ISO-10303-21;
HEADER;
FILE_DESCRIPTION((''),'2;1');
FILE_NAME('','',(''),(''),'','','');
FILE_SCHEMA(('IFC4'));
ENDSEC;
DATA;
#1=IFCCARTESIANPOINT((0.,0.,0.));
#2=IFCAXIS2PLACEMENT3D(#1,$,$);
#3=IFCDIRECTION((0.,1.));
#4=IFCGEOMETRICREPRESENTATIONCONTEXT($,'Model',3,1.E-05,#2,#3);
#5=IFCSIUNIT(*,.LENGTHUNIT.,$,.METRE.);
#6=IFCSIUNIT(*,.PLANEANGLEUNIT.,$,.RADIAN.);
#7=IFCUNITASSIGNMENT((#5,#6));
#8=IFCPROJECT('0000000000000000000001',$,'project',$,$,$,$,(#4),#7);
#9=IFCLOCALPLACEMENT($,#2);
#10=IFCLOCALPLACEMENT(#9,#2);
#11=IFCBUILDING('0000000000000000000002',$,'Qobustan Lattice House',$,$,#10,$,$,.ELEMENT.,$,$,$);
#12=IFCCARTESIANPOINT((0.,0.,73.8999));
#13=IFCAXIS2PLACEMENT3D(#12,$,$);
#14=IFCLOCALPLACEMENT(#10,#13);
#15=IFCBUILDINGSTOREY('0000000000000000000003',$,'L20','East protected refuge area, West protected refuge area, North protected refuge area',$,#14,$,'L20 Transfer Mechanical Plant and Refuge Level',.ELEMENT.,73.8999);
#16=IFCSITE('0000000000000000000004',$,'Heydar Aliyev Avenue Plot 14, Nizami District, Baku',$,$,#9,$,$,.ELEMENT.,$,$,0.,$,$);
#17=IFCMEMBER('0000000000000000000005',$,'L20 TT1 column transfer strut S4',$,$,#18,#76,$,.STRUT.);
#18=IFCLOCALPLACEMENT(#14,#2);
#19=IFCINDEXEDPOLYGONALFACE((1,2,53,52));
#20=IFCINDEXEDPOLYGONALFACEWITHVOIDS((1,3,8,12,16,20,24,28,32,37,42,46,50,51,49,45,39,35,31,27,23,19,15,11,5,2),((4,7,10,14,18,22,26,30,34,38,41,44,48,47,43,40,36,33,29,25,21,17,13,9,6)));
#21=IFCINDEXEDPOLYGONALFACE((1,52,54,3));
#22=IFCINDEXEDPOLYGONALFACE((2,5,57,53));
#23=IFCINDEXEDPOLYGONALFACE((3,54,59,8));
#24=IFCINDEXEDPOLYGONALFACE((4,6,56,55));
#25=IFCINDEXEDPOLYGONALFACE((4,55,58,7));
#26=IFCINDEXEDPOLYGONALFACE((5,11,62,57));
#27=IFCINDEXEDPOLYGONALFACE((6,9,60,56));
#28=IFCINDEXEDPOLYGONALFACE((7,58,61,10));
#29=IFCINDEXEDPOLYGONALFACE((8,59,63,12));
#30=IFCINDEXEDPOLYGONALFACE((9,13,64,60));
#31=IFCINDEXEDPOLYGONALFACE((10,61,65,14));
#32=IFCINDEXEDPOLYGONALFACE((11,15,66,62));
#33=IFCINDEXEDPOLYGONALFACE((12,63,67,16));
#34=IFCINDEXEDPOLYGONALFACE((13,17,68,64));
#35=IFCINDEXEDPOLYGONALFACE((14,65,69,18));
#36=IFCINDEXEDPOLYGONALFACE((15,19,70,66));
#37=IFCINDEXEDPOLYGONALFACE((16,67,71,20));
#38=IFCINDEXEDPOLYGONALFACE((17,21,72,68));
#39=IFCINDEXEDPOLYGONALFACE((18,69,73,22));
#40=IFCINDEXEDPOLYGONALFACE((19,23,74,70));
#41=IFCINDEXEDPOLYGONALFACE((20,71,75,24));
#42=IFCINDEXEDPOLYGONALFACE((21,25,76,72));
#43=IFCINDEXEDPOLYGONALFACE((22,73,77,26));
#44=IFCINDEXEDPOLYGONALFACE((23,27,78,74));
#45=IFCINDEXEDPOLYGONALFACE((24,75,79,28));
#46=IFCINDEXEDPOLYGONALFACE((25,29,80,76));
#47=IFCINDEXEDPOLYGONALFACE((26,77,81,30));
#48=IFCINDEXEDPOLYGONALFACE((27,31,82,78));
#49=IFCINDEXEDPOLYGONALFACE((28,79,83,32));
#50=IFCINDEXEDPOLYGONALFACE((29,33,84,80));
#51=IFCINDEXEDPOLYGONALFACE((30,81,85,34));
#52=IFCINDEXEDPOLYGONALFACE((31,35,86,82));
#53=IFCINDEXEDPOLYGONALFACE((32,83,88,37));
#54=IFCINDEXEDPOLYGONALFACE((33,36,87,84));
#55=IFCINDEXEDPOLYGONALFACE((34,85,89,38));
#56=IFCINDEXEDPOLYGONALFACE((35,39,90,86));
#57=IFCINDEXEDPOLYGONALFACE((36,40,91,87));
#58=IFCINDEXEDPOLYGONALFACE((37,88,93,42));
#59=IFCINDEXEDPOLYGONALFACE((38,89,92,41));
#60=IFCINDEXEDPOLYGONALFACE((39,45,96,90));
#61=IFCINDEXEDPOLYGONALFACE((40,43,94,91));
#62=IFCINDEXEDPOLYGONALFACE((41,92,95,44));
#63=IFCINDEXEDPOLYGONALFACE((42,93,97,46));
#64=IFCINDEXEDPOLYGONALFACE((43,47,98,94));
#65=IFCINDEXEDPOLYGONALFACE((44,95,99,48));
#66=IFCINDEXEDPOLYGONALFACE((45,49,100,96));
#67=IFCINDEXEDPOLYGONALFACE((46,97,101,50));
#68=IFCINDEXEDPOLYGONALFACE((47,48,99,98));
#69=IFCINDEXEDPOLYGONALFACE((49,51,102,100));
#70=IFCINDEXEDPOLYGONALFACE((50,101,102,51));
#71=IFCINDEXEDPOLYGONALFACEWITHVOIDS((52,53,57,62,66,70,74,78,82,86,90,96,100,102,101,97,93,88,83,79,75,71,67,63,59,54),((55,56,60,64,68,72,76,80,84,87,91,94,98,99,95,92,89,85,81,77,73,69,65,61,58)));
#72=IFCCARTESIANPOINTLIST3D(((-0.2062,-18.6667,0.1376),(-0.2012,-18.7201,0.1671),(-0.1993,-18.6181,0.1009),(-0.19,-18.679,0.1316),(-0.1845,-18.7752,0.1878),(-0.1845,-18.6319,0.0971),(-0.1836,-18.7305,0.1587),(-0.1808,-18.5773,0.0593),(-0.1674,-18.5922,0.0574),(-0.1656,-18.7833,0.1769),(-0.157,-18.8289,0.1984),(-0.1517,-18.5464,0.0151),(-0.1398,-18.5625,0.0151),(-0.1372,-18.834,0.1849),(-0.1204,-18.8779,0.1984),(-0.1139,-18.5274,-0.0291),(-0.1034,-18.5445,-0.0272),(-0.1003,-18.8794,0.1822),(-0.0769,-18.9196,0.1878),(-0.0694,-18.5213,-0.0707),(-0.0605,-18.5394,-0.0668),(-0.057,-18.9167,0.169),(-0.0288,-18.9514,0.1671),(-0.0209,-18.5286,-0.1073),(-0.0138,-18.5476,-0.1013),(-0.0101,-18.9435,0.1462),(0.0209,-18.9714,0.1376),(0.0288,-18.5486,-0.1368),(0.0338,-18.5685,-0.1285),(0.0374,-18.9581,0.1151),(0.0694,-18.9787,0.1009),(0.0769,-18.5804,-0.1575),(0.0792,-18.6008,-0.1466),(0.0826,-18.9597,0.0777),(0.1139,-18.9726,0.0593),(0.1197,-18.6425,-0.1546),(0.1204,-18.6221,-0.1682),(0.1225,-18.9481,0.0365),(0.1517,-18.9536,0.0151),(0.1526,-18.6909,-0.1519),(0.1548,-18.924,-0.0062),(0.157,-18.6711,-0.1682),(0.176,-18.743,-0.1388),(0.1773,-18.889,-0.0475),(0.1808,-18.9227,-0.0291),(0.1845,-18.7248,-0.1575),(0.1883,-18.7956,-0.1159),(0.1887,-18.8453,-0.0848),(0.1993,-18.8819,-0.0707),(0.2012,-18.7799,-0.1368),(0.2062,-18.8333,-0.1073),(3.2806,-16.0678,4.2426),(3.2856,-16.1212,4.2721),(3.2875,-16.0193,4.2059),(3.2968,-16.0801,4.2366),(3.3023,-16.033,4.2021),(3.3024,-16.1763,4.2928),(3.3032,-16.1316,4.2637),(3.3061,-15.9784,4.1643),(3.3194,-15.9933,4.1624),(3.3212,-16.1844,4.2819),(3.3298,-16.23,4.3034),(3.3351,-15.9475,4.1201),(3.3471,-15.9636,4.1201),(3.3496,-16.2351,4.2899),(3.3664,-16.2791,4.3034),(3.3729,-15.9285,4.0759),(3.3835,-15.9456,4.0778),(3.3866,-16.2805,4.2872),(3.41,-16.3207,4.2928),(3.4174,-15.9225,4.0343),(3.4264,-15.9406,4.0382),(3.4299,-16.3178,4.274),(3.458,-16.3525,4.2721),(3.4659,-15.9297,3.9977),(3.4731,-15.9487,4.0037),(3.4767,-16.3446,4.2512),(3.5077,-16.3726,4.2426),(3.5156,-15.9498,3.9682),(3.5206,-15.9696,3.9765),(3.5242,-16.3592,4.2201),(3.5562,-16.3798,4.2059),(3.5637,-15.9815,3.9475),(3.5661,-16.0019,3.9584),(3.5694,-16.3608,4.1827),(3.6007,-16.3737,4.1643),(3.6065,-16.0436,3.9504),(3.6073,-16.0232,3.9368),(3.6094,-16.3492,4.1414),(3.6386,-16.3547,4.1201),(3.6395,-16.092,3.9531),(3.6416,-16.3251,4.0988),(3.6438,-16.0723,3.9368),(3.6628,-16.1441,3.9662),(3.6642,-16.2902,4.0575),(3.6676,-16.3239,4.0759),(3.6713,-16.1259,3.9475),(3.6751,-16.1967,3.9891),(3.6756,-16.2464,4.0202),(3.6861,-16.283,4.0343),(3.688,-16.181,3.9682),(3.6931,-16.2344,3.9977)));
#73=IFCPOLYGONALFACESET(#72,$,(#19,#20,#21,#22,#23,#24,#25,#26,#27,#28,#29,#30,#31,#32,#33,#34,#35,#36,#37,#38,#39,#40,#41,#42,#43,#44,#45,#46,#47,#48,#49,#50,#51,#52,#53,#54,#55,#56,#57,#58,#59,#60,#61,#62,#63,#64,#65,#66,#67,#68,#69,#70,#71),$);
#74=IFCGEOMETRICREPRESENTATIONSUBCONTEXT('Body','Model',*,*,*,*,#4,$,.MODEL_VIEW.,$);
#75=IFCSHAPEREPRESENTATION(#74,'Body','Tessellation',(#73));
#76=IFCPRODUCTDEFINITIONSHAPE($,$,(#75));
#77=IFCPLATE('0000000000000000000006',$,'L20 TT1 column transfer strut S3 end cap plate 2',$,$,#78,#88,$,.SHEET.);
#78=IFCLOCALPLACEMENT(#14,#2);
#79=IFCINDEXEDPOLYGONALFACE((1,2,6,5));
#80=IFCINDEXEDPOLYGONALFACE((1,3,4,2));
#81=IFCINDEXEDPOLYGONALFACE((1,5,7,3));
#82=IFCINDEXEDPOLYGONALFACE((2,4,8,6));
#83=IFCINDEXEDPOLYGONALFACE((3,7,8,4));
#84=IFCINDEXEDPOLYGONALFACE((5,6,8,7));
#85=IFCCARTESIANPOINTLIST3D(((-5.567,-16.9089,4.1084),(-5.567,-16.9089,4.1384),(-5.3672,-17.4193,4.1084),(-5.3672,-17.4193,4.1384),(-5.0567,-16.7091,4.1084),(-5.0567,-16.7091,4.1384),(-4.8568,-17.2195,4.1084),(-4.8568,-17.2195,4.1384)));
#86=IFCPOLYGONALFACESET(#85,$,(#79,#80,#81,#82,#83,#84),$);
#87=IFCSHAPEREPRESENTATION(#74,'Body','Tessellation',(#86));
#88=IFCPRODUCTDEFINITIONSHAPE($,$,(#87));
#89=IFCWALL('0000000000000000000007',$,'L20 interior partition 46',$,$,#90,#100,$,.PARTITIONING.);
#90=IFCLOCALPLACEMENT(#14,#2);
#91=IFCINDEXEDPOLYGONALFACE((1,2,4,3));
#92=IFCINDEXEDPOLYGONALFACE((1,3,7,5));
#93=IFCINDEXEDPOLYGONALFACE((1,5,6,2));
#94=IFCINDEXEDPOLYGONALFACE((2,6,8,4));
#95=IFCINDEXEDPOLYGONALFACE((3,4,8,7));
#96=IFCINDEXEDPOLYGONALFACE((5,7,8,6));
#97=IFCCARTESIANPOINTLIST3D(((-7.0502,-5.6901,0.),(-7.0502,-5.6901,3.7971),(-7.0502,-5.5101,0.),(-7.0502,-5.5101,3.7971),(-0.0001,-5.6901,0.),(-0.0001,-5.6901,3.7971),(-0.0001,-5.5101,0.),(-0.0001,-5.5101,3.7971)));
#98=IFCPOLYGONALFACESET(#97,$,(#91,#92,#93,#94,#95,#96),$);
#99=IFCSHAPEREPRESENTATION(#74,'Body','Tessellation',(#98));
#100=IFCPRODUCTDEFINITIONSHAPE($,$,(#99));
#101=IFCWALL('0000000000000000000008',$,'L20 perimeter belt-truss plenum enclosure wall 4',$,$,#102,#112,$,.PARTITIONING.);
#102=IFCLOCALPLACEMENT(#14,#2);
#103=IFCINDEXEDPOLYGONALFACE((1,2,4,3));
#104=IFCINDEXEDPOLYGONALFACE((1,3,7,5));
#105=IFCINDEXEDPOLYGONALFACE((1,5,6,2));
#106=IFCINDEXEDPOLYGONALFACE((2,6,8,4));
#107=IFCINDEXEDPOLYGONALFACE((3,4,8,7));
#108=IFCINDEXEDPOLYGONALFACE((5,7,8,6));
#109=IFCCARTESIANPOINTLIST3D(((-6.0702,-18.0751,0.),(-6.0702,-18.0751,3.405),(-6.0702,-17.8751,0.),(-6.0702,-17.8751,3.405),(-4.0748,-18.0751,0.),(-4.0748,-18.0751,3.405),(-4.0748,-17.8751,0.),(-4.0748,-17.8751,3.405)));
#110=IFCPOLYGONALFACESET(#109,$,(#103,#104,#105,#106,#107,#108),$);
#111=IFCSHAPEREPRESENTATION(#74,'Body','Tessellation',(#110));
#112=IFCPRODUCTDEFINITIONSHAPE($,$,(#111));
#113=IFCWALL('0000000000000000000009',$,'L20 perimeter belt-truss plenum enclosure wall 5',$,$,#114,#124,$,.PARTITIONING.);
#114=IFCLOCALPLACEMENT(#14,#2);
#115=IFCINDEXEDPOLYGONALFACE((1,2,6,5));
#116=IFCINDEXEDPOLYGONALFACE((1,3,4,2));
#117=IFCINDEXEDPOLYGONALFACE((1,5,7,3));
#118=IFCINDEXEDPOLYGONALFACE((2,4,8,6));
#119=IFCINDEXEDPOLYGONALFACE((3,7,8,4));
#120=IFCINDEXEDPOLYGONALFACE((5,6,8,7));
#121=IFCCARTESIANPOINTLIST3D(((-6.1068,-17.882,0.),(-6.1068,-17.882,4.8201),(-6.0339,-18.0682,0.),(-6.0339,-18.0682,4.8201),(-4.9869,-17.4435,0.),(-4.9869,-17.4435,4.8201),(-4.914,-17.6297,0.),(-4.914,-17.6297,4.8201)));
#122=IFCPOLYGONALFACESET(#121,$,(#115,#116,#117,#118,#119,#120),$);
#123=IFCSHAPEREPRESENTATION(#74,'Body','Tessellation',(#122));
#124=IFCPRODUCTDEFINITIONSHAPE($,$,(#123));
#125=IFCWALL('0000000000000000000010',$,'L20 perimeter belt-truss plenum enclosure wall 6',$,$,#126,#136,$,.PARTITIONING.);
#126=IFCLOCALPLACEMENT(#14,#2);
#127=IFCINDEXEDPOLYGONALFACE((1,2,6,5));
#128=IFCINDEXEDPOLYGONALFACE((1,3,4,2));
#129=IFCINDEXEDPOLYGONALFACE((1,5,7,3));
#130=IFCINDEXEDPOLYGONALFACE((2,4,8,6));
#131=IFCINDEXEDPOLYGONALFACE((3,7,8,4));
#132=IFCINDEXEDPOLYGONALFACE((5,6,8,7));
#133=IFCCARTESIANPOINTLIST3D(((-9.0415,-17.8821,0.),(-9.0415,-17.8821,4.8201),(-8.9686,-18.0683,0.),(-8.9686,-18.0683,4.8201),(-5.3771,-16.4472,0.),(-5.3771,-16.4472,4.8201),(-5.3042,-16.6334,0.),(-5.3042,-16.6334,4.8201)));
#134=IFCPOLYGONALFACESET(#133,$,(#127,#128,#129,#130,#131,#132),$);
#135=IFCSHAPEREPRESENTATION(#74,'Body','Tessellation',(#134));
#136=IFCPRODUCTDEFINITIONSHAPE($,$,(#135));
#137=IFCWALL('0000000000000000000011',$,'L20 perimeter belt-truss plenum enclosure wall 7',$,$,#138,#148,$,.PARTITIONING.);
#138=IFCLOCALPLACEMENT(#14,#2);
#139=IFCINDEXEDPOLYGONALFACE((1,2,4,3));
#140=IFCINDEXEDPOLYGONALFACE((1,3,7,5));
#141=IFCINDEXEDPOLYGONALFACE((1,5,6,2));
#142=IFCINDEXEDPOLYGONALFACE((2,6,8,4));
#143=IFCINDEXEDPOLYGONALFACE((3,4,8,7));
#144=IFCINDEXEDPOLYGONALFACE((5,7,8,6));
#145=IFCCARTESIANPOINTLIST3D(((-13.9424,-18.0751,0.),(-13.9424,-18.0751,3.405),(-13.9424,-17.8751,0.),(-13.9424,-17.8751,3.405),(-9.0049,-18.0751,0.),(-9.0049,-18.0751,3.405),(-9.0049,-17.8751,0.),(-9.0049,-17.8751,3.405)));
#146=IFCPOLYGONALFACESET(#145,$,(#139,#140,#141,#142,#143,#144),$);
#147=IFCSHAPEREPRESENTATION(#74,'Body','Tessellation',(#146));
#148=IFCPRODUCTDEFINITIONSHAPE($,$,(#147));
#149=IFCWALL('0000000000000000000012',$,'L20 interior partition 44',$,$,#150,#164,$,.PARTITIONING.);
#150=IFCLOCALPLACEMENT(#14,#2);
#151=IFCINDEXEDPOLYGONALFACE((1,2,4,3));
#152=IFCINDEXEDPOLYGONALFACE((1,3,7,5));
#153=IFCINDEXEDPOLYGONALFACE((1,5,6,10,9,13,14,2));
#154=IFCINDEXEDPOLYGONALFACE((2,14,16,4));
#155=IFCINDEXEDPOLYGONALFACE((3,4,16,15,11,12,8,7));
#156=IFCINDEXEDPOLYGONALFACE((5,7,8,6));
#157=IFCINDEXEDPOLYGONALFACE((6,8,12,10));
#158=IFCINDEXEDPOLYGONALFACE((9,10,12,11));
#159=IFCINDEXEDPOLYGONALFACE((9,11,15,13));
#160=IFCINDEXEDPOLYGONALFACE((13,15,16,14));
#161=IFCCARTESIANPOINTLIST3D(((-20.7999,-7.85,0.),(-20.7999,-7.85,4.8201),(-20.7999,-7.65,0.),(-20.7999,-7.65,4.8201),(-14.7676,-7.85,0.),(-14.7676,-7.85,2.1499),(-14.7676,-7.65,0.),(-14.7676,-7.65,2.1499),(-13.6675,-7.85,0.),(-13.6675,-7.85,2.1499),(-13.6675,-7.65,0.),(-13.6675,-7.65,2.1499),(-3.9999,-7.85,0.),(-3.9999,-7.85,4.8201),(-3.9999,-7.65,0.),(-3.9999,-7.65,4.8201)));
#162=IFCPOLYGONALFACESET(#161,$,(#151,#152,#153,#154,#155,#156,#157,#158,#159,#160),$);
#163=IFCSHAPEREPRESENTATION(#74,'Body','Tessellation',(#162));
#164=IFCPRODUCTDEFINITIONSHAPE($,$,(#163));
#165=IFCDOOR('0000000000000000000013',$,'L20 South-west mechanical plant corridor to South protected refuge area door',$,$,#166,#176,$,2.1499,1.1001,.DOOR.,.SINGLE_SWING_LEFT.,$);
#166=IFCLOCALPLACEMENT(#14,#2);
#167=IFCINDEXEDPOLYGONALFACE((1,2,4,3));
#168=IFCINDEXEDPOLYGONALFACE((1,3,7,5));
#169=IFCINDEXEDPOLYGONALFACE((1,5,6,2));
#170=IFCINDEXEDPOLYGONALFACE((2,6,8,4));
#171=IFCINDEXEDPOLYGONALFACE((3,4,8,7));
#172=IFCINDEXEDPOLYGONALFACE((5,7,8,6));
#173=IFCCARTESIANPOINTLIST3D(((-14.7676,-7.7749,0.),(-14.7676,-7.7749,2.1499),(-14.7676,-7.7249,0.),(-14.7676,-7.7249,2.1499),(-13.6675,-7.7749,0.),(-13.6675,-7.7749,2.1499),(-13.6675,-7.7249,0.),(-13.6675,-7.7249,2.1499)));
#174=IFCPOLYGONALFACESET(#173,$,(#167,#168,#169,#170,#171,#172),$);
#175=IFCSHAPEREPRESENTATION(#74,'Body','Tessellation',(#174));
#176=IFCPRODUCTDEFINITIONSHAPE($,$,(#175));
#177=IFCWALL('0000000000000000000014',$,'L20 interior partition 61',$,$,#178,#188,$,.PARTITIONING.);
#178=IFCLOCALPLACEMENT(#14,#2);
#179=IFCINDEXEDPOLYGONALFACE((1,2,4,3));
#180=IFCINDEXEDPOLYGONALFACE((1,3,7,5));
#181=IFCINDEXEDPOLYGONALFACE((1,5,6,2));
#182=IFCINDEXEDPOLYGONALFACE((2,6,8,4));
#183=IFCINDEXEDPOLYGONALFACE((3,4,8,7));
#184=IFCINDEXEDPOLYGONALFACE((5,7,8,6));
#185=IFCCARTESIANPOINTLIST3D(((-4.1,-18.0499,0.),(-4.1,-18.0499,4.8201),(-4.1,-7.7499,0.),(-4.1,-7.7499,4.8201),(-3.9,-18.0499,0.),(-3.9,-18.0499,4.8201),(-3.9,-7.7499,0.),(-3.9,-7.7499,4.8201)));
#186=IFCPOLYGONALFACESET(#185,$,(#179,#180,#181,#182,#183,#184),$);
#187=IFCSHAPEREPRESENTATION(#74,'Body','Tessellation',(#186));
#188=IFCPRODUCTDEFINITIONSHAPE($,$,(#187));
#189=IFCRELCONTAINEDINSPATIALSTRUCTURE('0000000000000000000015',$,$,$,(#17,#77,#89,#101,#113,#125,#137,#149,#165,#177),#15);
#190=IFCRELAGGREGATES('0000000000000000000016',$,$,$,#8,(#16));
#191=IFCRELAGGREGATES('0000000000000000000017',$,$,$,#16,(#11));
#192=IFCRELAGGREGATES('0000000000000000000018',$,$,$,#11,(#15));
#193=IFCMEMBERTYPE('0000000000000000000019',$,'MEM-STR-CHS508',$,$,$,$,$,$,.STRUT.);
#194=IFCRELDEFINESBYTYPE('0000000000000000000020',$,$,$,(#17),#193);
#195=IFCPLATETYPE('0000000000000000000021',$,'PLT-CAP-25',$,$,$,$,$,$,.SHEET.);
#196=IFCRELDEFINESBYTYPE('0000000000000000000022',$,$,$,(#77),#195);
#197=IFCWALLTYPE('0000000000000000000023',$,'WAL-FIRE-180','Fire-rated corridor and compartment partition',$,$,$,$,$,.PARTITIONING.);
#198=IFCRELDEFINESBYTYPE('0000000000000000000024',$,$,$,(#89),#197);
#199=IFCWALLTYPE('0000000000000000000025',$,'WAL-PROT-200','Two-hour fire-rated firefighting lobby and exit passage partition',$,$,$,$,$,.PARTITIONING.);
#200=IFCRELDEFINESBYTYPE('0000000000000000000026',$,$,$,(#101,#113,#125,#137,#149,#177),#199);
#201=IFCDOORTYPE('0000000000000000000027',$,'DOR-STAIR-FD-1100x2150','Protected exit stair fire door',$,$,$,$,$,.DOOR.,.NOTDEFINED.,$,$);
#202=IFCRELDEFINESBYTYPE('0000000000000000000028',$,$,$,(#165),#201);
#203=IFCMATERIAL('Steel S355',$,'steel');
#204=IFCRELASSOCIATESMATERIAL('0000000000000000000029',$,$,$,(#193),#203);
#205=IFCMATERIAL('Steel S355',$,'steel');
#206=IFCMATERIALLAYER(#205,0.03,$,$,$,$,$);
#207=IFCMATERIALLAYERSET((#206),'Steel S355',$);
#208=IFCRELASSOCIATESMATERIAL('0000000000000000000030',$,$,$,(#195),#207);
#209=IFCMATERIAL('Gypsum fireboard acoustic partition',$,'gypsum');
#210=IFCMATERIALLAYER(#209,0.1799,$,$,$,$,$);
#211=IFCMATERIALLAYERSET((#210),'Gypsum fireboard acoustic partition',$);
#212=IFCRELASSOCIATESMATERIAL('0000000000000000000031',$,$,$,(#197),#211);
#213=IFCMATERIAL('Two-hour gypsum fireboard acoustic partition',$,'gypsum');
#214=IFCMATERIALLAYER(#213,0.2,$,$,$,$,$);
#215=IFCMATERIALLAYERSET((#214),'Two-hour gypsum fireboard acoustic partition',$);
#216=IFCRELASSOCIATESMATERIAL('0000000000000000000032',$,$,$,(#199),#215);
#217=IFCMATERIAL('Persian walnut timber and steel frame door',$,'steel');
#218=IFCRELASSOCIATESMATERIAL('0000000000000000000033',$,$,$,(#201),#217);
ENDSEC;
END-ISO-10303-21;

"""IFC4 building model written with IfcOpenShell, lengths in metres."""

from ifc_helpers import new_model, si_unit, direction, frame, frame_2d, origin, origin_2d, place, context, subcontext, project, spatial, rectangle, hollow_circle, extrude, material, layer, layer_set, material_profile, profile_set, type_object, element, fill, save


model = new_model("IFC4")

# Units and contexts
model_context = context("Model", 3, precision=1e-05, world=origin(), true_north=direction((0.0, 1.0)))
body_context = subcontext(model_context, "Body", "Model", "MODEL_VIEW")
ifc_project = project(units=[si_unit("LENGTHUNIT", "METRE"), si_unit("PLANEANGLEUNIT", "RADIAN")], contexts=[model_context])

# Site, building, storey
site_placement = place(None, origin())
site = spatial("IfcSite", under=ifc_project, at=site_placement, Name="Heydar Aliyev Avenue Plot 14, Nizami District, Baku", CompositionType="ELEMENT", RefElevation=0.0)
building_placement = place(site_placement, origin())
building = spatial("IfcBuilding", under=site, at=building_placement, Name="Qobustan Lattice House", CompositionType="ELEMENT")
storey_placement = place(building_placement, frame((0.0, 0.0, 73.8999)))
storey = spatial("IfcBuildingStorey", under=building, at=storey_placement, Name="L20", Description="East protected refuge area, West protected refuge area, North protected refuge area", LongName="L20 Transfer Mechanical Plant and Refuge Level", CompositionType="ELEMENT", Elevation=73.8999)

# Member
ifc_material_1 = material(Name="Steel S355", Category="steel")
ifc_material_profile_1 = material_profile(ifc_material_1, hollow_circle(Radius=0.2539, WallThickness=0.02, at=origin_2d()), Name="CHS508x20")
ifc_profile_set_1 = profile_set([ifc_material_profile_1], Name="Steel S355")
member_type = type_object("IfcMemberType", Name="MEM-STR-CHS508", PredefinedType="STRUT", material=ifc_profile_set_1)
member_placement = place(storey_placement, frame((0.0, -18.75, 0.0151), z_axis=(0.583059, 0.43458, 0.686427), x_axis=(-0.597608, 0.801788, 0.0)))
element("IfcMember", 1, at=member_placement, inside=storey, type_object=member_type, Name="L20 TT1 column transfer strut S4", PredefinedType="STRUT", context=body_context, shape_type="SweptSolid", body=[
    extrude(hollow_circle(Radius=0.2539, WallThickness=0.02, at=origin_2d()), origin(), (0.0, 0.0, 1.0), 5.9802),
])

# Plate
ifc_material_2 = material(Name="Steel S355", Category="steel")
ifc_layer_1 = layer(ifc_material_2, 0.03)
ifc_layer_set_1 = layer_set([ifc_layer_1], Name="Steel S355")
plate_type = type_object("IfcPlateType", Name="PLT-CAP-25", PredefinedType="SHEET", material=ifc_layer_set_1)
plate_placement = place(storey_placement, frame((-5.2119, -17.0642, 4.1084), z_axis=(0.0, 0.0, 1.0), x_axis=(0.931158, 0.364617, 0.0)))
element("IfcPlate", 2, at=plate_placement, inside=storey, type_object=plate_type, Name="L20 TT1 column transfer strut S3 end cap plate 2", PredefinedType="SHEET", context=body_context, shape_type="SweptSolid", body=[
    extrude(rectangle(XDim=0.5481, YDim=0.5481, at=origin_2d()), origin(), (0.0, 0.0, 1.0), 0.03),
])

# Walls
ifc_material_3 = material(Name="Gypsum fireboard acoustic partition", Category="gypsum")
ifc_layer_2 = layer(ifc_material_3, 0.1799)
ifc_layer_set_2 = layer_set([ifc_layer_2], Name="Gypsum fireboard acoustic partition")
wall_type_1 = type_object("IfcWallType", Name="WAL-FIRE-180", Description="Fire-rated corridor and compartment partition", PredefinedType="PARTITIONING", material=ifc_layer_set_2)
wall_1_placement = place(storey_placement, frame((-7.05, -5.6001, 0.0), z_axis=(0.0, 0.0, 1.0), x_axis=(1.0, 0.0, 0.0)))
element("IfcWall", 3, at=wall_1_placement, inside=storey, type_object=wall_type_1, Name="L20 interior partition 46", PredefinedType="PARTITIONING", context=body_context, shape_type="SweptSolid", body=[
    extrude(rectangle(XDim=7.05, YDim=0.1799, at=frame_2d((3.5249, 0.0))), origin(), (0.0, 0.0, 1.0), 3.7971),
])
ifc_material_4 = material(Name="Two-hour gypsum fireboard acoustic partition", Category="gypsum")
ifc_layer_3 = layer(ifc_material_4, 0.2)
ifc_layer_set_3 = layer_set([ifc_layer_3], Name="Two-hour gypsum fireboard acoustic partition")
wall_type_2 = type_object("IfcWallType", Name="WAL-PROT-200", Description="Two-hour fire-rated firefighting lobby and exit passage partition", PredefinedType="PARTITIONING", material=ifc_layer_set_3)
wall_2_placement = place(storey_placement, frame((-4.075, -17.9751, 0.0), z_axis=(0.0, 0.0, 1.0), x_axis=(-1.0, 0.0, 0.0)))
element("IfcWall", 4, at=wall_2_placement, inside=storey, type_object=wall_type_2, Name="L20 perimeter belt-truss plenum enclosure wall 4", PredefinedType="PARTITIONING", context=body_context, shape_type="SweptSolid", body=[
    extrude(rectangle(XDim=1.9954, YDim=0.2, at=frame_2d((0.9976, 0.0))), origin(), (0.0, 0.0, 1.0), 3.405),
])
wall_3_placement = place(storey_placement, frame((-6.0703, -17.9751, 0.0), z_axis=(0.0, 0.0, 1.0), x_axis=(0.931168, 0.364591, 0.0)))
element("IfcWall", 5, at=wall_3_placement, inside=storey, type_object=wall_type_2, Name="L20 perimeter belt-truss plenum enclosure wall 5", PredefinedType="PARTITIONING", context=body_context, shape_type="SweptSolid", body=[
    extrude(rectangle(XDim=1.2026, YDim=0.2, at=frame_2d((0.6013, 0.0))), origin(), (0.0, 0.0, 1.0), 4.8201),
])
wall_4_placement = place(storey_placement, frame((-5.3406, -16.5403, 0.0), z_axis=(0.0, 0.0, 1.0), x_axis=(-0.93116, -0.36461, 0.0)))
element("IfcWall", 6, at=wall_4_placement, inside=storey, type_object=wall_type_2, Name="L20 perimeter belt-truss plenum enclosure wall 6", PredefinedType="PARTITIONING", context=body_context, shape_type="SweptSolid", body=[
    extrude(rectangle(XDim=3.9353, YDim=0.2, at=frame_2d((1.9678, 0.0))), origin(), (0.0, 0.0, 1.0), 4.8201),
])
wall_5_placement = place(storey_placement, frame((-9.0049, -17.9751, 0.0), z_axis=(0.0, 0.0, 1.0), x_axis=(-1.0, 0.0, 0.0)))
element("IfcWall", 7, at=wall_5_placement, inside=storey, type_object=wall_type_2, Name="L20 perimeter belt-truss plenum enclosure wall 7", PredefinedType="PARTITIONING", context=body_context, shape_type="SweptSolid", body=[
    extrude(rectangle(XDim=4.9375, YDim=0.2, at=frame_2d((2.4688, 0.0))), origin(), (0.0, 0.0, 1.0), 3.405),
])

# Wall, opening, door
wall_6_placement = place(storey_placement, frame((-4.0, -7.75, 0.0), z_axis=(0.0, 0.0, 1.0), x_axis=(-1.0, 0.0, 0.0)))
wall_6 = element("IfcWall", 8, at=wall_6_placement, inside=storey, type_object=wall_type_2, Name="L20 interior partition 44", PredefinedType="PARTITIONING", context=body_context, shape_type="SweptSolid", body=[
    extrude(rectangle(XDim=16.8, YDim=0.2, at=frame_2d((8.3999, 0.0))), origin(), (0.0, 0.0, 1.0), 4.8201),
])
opening_1_placement = place(wall_6_placement, frame((9.6675, 0.0, 0.0)))
opening_1 = element("IfcOpeningElement", 9, at=opening_1_placement, cuts=wall_6, PredefinedType="OPENING", context=body_context, shape_type="SweptSolid", body=[
    extrude(rectangle(XDim=1.1001, YDim=2.1499, at=frame_2d((0.55, 1.075))), frame((0.0, 0.1099, 0.0), z_axis=(0.0, -1.0, 0.0), x_axis=(1.0, 0.0, 0.0)), (0.0, 0.0, 1.0), 0.22),
])
ifc_material_5 = material(Name="Persian walnut timber and steel frame door", Category="steel")
door_type_1 = type_object("IfcDoorType", Name="DOR-STAIR-FD-1100x2150", Description="Protected exit stair fire door", OperationType="NOTDEFINED", PredefinedType="DOOR", material=ifc_material_5)
door_1_placement = place(opening_1_placement, origin())
door_1 = element("IfcDoor", 10, at=door_1_placement, inside=storey, type_object=door_type_1, Name="L20 South-west mechanical plant corridor to South protected refuge area door", OperationType="SINGLE_SWING_LEFT", OverallHeight=2.1499, OverallWidth=1.1001, PredefinedType="DOOR", context=body_context, shape_type="SweptSolid", body=[
    extrude(rectangle(XDim=1.1001, YDim=2.1499, at=frame_2d((0.55, 1.075))), frame((0.0, 0.0249, 0.0), z_axis=(0.0, -1.0, 0.0), x_axis=(1.0, 0.0, 0.0)), (0.0, 0.0, 1.0), 0.05),
])
fill(opening_1, door_1)

# Wall
wall_7_placement = place(storey_placement, frame((-4.0, -7.75, 0.0), z_axis=(0.0, 0.0, 1.0), x_axis=(0.0, -1.0, 0.0)))
element("IfcWall", 11, at=wall_7_placement, inside=storey, type_object=wall_type_2, Name="L20 interior partition 61", PredefinedType="PARTITIONING", context=body_context, shape_type="SweptSolid", body=[
    extrude(rectangle(XDim=10.3, YDim=0.2, at=frame_2d((5.1499, 0.0))), origin(), (0.0, 0.0, 1.0), 4.8201),
])

save(model, "model.ifc")
